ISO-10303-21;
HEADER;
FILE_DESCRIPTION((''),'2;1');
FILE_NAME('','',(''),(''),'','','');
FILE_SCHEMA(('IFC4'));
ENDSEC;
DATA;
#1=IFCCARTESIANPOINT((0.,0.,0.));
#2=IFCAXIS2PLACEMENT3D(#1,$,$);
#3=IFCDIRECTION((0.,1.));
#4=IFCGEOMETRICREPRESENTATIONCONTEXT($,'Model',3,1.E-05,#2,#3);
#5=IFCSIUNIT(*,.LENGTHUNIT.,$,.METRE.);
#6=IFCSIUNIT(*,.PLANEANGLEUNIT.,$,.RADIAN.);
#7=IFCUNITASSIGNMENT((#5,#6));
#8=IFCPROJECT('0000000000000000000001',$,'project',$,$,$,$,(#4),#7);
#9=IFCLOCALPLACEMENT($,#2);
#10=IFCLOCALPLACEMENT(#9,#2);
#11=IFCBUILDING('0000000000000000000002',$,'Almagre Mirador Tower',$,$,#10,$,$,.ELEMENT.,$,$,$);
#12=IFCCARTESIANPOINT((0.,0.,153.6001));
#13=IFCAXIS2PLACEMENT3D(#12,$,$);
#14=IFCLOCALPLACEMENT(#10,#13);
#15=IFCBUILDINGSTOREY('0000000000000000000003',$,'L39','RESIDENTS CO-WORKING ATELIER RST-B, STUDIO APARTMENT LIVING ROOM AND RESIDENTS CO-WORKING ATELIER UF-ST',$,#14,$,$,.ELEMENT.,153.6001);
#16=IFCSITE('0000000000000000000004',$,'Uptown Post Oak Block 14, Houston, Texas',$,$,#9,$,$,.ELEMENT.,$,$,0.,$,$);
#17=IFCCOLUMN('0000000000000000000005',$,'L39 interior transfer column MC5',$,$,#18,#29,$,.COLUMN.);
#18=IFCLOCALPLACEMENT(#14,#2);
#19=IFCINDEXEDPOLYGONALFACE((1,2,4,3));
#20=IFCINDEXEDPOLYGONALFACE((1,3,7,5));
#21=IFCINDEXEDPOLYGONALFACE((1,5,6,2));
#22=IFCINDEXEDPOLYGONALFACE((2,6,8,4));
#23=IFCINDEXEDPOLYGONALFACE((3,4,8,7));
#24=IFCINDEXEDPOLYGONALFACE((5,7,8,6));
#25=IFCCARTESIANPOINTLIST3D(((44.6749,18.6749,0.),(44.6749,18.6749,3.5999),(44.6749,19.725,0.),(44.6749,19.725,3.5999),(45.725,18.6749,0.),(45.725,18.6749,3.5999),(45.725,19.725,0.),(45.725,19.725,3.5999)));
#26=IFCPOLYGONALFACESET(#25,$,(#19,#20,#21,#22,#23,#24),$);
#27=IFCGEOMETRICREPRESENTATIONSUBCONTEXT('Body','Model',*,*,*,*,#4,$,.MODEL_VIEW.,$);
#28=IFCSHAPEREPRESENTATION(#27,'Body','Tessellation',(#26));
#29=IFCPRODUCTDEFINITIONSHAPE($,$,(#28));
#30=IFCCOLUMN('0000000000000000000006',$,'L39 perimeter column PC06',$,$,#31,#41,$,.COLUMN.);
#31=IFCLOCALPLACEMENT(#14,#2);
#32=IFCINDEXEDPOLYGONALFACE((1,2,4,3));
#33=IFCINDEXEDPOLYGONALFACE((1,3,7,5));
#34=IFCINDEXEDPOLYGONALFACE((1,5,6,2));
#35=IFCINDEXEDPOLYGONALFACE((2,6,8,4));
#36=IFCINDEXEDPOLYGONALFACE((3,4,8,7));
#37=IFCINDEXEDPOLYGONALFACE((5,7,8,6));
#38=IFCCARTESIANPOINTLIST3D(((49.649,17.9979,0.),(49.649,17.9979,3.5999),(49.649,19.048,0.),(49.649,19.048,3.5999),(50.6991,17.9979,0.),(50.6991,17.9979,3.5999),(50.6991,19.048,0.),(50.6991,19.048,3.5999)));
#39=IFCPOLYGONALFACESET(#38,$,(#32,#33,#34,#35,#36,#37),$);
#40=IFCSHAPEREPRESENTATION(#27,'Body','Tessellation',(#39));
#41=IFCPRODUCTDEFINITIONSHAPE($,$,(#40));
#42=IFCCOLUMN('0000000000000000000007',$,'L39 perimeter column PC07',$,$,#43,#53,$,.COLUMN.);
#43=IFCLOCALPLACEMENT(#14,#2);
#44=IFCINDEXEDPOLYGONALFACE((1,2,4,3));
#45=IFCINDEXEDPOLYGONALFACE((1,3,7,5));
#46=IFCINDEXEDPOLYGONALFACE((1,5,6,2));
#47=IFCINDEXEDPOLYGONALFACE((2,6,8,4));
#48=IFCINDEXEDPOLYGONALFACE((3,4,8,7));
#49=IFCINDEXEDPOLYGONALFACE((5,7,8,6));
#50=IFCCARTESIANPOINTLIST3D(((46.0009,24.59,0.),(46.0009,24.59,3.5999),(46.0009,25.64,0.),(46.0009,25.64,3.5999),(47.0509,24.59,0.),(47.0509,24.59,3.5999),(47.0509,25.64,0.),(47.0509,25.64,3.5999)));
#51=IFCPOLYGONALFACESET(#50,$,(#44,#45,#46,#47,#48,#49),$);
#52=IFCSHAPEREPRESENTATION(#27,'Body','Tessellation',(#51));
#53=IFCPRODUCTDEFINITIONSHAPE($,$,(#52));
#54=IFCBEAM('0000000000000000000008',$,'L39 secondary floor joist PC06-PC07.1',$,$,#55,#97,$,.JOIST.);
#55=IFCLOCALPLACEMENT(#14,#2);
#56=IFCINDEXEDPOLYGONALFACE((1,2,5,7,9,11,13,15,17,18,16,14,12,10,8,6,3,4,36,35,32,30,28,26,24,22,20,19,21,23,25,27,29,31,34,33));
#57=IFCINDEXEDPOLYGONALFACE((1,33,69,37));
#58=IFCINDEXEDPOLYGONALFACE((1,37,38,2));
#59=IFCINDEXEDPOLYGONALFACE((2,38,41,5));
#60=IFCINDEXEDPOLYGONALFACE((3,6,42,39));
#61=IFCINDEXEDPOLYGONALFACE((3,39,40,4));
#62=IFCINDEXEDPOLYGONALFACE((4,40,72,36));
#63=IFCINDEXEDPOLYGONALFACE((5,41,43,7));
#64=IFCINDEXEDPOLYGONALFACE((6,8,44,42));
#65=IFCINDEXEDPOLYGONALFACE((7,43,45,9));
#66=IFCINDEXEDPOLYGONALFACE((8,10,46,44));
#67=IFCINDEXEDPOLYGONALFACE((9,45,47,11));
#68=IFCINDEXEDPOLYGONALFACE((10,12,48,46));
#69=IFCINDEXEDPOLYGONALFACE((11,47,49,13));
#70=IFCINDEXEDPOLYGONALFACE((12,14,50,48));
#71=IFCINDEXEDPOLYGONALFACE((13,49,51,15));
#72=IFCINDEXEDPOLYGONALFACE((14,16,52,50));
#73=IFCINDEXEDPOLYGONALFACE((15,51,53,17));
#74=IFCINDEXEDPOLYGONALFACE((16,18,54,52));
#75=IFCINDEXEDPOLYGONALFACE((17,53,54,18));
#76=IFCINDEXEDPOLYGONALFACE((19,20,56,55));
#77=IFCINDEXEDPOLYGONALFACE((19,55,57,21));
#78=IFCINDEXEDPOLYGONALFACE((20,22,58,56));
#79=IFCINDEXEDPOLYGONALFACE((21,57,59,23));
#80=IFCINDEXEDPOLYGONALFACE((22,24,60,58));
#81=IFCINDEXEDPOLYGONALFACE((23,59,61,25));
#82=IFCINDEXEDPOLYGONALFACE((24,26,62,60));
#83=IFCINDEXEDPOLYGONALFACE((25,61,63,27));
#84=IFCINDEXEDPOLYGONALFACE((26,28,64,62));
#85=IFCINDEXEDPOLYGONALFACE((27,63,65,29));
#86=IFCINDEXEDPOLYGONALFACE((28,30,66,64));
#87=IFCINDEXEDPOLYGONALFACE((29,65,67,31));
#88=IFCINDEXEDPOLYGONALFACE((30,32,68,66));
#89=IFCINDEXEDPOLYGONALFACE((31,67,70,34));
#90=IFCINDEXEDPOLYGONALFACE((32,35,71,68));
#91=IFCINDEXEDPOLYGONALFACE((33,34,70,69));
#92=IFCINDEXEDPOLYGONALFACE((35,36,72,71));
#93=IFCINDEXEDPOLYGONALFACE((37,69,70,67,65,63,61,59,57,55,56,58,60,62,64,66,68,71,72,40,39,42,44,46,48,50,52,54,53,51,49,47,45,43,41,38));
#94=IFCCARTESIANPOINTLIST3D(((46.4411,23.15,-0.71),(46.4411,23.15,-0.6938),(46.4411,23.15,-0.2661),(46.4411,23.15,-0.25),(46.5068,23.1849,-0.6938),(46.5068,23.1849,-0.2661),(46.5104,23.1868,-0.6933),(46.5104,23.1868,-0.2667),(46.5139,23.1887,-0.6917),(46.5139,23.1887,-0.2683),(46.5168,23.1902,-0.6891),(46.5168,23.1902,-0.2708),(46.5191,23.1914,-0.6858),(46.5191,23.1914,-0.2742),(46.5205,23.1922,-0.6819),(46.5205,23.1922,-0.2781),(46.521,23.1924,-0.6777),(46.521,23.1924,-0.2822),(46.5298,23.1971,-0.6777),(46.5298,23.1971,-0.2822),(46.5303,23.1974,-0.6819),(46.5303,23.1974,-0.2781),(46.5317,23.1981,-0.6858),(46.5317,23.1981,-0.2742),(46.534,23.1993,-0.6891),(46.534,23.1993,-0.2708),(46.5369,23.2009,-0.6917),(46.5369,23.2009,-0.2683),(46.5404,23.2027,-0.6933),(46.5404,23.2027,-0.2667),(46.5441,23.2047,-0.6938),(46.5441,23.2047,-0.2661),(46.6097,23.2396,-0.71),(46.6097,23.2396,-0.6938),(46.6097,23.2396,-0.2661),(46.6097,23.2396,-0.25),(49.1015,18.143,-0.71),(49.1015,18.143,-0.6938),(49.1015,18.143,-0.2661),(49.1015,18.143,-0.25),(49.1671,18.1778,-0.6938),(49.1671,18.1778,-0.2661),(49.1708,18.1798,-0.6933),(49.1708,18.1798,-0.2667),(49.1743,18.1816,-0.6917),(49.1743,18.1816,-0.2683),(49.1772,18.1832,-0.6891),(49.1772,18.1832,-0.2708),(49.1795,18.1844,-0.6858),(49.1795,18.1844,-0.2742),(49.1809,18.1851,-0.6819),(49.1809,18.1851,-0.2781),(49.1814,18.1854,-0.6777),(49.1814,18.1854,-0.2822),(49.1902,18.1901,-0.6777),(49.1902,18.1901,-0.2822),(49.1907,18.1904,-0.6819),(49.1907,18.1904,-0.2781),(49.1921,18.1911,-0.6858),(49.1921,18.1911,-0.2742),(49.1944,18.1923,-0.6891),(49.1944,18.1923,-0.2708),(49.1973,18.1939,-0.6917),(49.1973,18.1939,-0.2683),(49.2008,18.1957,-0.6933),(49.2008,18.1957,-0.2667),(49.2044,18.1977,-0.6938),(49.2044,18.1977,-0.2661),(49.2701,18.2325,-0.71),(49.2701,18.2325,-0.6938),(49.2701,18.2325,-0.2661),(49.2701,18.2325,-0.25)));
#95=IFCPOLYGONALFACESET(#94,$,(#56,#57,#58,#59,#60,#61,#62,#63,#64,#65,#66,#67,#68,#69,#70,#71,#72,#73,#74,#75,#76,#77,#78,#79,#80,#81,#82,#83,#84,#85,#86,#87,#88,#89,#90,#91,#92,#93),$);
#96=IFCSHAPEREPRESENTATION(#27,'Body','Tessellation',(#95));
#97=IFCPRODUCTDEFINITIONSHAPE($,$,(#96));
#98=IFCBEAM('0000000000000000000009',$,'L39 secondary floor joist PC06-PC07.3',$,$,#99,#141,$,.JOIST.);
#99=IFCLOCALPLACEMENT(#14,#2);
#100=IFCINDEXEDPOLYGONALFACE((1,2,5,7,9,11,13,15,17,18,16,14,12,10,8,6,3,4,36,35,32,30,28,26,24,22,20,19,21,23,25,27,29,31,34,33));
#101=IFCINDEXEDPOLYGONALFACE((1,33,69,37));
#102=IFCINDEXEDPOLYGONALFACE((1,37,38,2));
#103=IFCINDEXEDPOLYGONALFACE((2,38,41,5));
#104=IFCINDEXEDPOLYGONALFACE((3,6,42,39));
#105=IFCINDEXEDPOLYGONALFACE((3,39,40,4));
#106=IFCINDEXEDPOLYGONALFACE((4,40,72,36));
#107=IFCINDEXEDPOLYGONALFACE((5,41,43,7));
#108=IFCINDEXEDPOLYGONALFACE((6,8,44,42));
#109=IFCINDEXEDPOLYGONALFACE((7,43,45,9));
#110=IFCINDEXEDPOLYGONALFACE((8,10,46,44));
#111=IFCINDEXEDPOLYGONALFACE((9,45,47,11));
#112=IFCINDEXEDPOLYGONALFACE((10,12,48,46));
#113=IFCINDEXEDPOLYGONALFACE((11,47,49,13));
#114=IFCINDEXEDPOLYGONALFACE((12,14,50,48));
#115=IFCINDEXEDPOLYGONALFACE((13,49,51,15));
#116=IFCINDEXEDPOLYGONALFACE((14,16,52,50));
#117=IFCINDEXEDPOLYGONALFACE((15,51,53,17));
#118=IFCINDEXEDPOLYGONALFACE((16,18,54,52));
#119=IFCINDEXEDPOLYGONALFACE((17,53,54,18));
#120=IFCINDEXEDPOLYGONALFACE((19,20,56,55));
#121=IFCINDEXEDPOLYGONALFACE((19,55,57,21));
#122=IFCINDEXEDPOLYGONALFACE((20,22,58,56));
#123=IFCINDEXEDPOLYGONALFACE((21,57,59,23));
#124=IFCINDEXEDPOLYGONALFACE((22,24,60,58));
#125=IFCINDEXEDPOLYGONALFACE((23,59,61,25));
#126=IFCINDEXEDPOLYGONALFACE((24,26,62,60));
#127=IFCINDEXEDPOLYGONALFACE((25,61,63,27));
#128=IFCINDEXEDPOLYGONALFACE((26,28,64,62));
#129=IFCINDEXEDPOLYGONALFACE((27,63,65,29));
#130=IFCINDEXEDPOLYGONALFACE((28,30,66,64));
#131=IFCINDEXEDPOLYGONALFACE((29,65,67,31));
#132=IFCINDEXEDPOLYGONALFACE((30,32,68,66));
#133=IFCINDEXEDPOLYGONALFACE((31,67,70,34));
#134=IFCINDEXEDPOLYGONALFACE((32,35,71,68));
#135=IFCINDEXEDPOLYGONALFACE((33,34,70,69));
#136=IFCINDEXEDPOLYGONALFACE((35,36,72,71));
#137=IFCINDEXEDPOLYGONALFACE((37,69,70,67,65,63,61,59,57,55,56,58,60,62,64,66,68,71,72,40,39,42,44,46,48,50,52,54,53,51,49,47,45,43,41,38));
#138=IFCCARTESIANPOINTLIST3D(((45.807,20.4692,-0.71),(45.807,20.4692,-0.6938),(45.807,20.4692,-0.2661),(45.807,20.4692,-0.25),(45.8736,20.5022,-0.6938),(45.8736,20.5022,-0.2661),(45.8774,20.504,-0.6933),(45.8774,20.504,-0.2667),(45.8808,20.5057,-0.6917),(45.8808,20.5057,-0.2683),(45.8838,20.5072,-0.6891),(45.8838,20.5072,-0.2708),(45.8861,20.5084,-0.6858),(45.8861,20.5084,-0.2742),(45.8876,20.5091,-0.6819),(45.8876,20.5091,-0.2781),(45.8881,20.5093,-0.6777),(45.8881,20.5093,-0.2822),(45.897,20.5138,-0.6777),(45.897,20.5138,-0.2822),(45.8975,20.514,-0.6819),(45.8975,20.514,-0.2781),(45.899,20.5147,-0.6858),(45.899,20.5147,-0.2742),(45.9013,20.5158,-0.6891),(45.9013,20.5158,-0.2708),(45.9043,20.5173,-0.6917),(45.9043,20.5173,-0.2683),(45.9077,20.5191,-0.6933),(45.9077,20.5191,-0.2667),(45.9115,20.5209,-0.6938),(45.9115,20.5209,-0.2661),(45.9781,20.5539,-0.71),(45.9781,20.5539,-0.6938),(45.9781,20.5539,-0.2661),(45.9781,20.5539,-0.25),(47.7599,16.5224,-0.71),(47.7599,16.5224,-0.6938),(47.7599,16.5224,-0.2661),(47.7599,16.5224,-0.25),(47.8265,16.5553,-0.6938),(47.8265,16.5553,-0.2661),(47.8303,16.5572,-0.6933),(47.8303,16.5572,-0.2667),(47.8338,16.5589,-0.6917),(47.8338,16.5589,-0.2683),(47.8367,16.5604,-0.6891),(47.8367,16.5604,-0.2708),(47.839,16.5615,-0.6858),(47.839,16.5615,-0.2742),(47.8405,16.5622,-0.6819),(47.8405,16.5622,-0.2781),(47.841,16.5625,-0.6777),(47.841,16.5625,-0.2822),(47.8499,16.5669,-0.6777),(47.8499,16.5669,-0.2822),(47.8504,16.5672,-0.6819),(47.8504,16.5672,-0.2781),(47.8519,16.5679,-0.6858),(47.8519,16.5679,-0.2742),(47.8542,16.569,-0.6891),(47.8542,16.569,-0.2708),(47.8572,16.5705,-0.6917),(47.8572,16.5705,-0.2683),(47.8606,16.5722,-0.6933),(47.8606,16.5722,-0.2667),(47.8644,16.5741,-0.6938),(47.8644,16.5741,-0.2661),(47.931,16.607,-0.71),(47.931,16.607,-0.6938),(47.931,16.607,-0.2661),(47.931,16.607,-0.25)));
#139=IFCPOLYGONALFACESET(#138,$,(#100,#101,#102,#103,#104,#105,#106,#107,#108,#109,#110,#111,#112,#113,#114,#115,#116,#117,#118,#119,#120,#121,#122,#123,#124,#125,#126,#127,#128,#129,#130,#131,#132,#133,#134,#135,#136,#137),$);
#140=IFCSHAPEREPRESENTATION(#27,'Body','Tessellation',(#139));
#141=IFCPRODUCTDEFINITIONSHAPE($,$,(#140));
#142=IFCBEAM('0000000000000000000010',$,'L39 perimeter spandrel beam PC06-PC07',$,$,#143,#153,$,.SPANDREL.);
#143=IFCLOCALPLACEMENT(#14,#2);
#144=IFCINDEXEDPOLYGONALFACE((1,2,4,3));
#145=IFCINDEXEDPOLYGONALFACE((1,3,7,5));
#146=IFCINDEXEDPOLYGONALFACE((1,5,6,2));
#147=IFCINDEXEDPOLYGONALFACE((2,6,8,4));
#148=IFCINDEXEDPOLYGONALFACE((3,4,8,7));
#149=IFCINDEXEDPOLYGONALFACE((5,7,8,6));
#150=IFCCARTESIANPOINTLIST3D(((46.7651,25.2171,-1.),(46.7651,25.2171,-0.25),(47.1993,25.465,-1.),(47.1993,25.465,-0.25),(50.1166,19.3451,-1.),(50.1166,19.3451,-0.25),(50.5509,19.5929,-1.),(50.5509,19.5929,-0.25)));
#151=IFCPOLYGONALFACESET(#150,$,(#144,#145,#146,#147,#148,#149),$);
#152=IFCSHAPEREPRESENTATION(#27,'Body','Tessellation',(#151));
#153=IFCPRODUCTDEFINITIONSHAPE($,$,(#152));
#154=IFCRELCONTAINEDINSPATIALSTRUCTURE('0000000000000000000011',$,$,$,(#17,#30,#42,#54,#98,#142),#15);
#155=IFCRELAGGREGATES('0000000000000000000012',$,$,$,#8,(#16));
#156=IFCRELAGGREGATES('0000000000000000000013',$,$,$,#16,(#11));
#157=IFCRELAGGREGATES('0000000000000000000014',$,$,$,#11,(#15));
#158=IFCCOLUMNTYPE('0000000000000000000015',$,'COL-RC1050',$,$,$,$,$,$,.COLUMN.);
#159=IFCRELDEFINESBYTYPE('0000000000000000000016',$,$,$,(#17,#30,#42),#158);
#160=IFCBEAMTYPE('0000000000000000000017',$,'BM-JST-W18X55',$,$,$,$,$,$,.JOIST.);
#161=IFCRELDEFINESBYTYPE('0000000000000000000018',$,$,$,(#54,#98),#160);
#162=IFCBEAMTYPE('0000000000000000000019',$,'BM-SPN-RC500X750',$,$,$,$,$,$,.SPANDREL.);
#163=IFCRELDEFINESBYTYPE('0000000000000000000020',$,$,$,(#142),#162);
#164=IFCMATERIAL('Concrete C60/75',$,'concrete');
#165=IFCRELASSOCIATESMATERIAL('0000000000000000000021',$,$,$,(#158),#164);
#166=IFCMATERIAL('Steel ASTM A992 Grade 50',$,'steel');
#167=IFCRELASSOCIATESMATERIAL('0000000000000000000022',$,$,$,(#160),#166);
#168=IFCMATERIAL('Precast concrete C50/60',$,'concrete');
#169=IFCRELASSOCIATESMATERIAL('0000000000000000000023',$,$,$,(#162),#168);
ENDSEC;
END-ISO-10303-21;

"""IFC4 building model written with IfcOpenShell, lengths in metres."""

from ifc_helpers import new_model, si_unit, direction, frame, origin, origin_2d, place, context, subcontext, project, spatial, rectangle, i_section, extrude, material, material_profile, profile_set, type_object, element, save


model = new_model("IFC4")

# Units and contexts
model_context = context("Model", 3, precision=1e-05, world=origin(), true_north=direction((0.0, 1.0)))
body_context = subcontext(model_context, "Body", "Model", "MODEL_VIEW")
ifc_project = project(units=[si_unit("LENGTHUNIT", "METRE"), si_unit("PLANEANGLEUNIT", "RADIAN")], contexts=[model_context])

# Site, building, storey
site_placement = place(None, origin())
site = spatial("IfcSite", under=ifc_project, at=site_placement, Name="Uptown Post Oak Block 14, Houston, Texas", CompositionType="ELEMENT", RefElevation=0.0)
building_placement = place(site_placement, origin())
building = spatial("IfcBuilding", under=site, at=building_placement, Name="Almagre Mirador Tower", CompositionType="ELEMENT")
storey_placement = place(building_placement, frame((0.0, 0.0, 153.6001)))
storey = spatial("IfcBuildingStorey", under=building, at=storey_placement, Name="L39", Description="RESIDENTS CO-WORKING ATELIER RST-B, STUDIO APARTMENT LIVING ROOM AND RESIDENTS CO-WORKING ATELIER UF-ST", CompositionType="ELEMENT", Elevation=153.6001)

# Columns
ifc_material_1 = material(Name="Concrete C60/75", Category="concrete")
ifc_material_profile_1 = material_profile(ifc_material_1, rectangle(XDim=1.05, YDim=1.05, at=origin_2d()), Name="RC1050X1050")
ifc_profile_set_1 = profile_set([ifc_material_profile_1], Name="Concrete C60/75")
column_type = type_object("IfcColumnType", Name="COL-RC1050", PredefinedType="COLUMN", material=ifc_profile_set_1)
for number, where, z_axis, x_axis, name in (
    (1, (45.2, 19.2, 0.0), (0.0, 0.0, 1.0), (1.0, 0.0, 0.0), "L39 interior transfer column MC5"),
    (2, (50.1741, 18.5229, 0.0), (0.0, 0.0, 1.0), (1.0, 0.0, 0.0), "L39 perimeter column PC06"),
    (3, (46.5259, 25.115, 0.0), (0.0, 0.0, 1.0), (1.0, 0.0, 0.0), "L39 perimeter column PC07"),
):
    element("IfcColumn", number, at=place(storey_placement, frame(where, z_axis=z_axis, x_axis=x_axis)), inside=storey, type_object=column_type, Name=name, PredefinedType="COLUMN", context=body_context, shape_type="SweptSolid", body=[
        extrude(rectangle(XDim=1.05, YDim=1.05, at=origin_2d()), origin(), (0.0, 0.0, 1.0), 3.5999),
    ])

# Beams
ifc_material_2 = material(Name="Steel ASTM A992 Grade 50", Category="steel")
ifc_material_profile_2 = material_profile(ifc_material_2, i_section(OverallWidth=0.1909, OverallDepth=0.46, WebThickness=0.01, FlangeThickness=0.0161, FilletRadius=0.0161, at=origin_2d()), Name="W18X55")
ifc_profile_set_2 = profile_set([ifc_material_profile_2], Name="Steel ASTM A992 Grade 50")
beam_type_1 = type_object("IfcBeamType", Name="BM-JST-W18X55", PredefinedType="JOIST", material=ifc_profile_set_2)
beam_1_placement = place(storey_placement, frame((49.1858, 18.1877, -0.48), z_axis=(-0.469209, 0.883087, 0.0), x_axis=(-0.883087, -0.469209, 0.0)))
element("IfcBeam", 4, at=beam_1_placement, inside=storey, type_object=beam_type_1, Name="L39 secondary floor joist PC06-PC07.1", PredefinedType="JOIST", context=body_context, shape_type="SweptSolid", body=[
    extrude(i_section(OverallWidth=0.1909, OverallDepth=0.46, WebThickness=0.01, FlangeThickness=0.0161, FilletRadius=0.0161, at=origin_2d()), origin(), (0.0, 0.0, 1.0), 5.6699),
])
beam_2_placement = place(storey_placement, frame((47.8455, 16.5647, -0.48), z_axis=(-0.443484, 0.896282, 0.0), x_axis=(-0.896282, -0.443484, 0.0)))
element("IfcBeam", 5, at=beam_2_placement, inside=storey, type_object=beam_type_1, Name="L39 secondary floor joist PC06-PC07.3", PredefinedType="JOIST", context=body_context, shape_type="SweptSolid", body=[
    extrude(i_section(OverallWidth=0.1909, OverallDepth=0.46, WebThickness=0.01, FlangeThickness=0.0161, FilletRadius=0.0161, at=origin_2d()), origin(), (0.0, 0.0, 1.0), 4.4036),
])
ifc_material_3 = material(Name="Precast concrete C50/60", Category="concrete")
ifc_material_profile_3 = material_profile(ifc_material_3, rectangle(XDim=0.5, YDim=0.75, at=origin_2d()), Name="RC500X750")
ifc_profile_set_3 = profile_set([ifc_material_profile_3], Name="Precast concrete C50/60")
beam_type_2 = type_object("IfcBeamType", Name="BM-SPN-RC500X750", PredefinedType="SPANDREL", material=ifc_profile_set_3)
beam_3_placement = place(storey_placement, frame((50.3337, 19.469, -0.625), z_axis=(-0.495703, 0.868492, 0.0), x_axis=(-0.868492, -0.495703, 0.0)))
element("IfcBeam", 6, at=beam_3_placement, inside=storey, type_object=beam_type_2, Name="L39 perimeter spandrel beam PC06-PC07", PredefinedType="SPANDREL", context=body_context, shape_type="SweptSolid", body=[
    extrude(rectangle(XDim=0.5, YDim=0.75, at=origin_2d()), origin(), (0.0, 0.0, 1.0), 6.7612),
])

save(model, "model.ifc")
